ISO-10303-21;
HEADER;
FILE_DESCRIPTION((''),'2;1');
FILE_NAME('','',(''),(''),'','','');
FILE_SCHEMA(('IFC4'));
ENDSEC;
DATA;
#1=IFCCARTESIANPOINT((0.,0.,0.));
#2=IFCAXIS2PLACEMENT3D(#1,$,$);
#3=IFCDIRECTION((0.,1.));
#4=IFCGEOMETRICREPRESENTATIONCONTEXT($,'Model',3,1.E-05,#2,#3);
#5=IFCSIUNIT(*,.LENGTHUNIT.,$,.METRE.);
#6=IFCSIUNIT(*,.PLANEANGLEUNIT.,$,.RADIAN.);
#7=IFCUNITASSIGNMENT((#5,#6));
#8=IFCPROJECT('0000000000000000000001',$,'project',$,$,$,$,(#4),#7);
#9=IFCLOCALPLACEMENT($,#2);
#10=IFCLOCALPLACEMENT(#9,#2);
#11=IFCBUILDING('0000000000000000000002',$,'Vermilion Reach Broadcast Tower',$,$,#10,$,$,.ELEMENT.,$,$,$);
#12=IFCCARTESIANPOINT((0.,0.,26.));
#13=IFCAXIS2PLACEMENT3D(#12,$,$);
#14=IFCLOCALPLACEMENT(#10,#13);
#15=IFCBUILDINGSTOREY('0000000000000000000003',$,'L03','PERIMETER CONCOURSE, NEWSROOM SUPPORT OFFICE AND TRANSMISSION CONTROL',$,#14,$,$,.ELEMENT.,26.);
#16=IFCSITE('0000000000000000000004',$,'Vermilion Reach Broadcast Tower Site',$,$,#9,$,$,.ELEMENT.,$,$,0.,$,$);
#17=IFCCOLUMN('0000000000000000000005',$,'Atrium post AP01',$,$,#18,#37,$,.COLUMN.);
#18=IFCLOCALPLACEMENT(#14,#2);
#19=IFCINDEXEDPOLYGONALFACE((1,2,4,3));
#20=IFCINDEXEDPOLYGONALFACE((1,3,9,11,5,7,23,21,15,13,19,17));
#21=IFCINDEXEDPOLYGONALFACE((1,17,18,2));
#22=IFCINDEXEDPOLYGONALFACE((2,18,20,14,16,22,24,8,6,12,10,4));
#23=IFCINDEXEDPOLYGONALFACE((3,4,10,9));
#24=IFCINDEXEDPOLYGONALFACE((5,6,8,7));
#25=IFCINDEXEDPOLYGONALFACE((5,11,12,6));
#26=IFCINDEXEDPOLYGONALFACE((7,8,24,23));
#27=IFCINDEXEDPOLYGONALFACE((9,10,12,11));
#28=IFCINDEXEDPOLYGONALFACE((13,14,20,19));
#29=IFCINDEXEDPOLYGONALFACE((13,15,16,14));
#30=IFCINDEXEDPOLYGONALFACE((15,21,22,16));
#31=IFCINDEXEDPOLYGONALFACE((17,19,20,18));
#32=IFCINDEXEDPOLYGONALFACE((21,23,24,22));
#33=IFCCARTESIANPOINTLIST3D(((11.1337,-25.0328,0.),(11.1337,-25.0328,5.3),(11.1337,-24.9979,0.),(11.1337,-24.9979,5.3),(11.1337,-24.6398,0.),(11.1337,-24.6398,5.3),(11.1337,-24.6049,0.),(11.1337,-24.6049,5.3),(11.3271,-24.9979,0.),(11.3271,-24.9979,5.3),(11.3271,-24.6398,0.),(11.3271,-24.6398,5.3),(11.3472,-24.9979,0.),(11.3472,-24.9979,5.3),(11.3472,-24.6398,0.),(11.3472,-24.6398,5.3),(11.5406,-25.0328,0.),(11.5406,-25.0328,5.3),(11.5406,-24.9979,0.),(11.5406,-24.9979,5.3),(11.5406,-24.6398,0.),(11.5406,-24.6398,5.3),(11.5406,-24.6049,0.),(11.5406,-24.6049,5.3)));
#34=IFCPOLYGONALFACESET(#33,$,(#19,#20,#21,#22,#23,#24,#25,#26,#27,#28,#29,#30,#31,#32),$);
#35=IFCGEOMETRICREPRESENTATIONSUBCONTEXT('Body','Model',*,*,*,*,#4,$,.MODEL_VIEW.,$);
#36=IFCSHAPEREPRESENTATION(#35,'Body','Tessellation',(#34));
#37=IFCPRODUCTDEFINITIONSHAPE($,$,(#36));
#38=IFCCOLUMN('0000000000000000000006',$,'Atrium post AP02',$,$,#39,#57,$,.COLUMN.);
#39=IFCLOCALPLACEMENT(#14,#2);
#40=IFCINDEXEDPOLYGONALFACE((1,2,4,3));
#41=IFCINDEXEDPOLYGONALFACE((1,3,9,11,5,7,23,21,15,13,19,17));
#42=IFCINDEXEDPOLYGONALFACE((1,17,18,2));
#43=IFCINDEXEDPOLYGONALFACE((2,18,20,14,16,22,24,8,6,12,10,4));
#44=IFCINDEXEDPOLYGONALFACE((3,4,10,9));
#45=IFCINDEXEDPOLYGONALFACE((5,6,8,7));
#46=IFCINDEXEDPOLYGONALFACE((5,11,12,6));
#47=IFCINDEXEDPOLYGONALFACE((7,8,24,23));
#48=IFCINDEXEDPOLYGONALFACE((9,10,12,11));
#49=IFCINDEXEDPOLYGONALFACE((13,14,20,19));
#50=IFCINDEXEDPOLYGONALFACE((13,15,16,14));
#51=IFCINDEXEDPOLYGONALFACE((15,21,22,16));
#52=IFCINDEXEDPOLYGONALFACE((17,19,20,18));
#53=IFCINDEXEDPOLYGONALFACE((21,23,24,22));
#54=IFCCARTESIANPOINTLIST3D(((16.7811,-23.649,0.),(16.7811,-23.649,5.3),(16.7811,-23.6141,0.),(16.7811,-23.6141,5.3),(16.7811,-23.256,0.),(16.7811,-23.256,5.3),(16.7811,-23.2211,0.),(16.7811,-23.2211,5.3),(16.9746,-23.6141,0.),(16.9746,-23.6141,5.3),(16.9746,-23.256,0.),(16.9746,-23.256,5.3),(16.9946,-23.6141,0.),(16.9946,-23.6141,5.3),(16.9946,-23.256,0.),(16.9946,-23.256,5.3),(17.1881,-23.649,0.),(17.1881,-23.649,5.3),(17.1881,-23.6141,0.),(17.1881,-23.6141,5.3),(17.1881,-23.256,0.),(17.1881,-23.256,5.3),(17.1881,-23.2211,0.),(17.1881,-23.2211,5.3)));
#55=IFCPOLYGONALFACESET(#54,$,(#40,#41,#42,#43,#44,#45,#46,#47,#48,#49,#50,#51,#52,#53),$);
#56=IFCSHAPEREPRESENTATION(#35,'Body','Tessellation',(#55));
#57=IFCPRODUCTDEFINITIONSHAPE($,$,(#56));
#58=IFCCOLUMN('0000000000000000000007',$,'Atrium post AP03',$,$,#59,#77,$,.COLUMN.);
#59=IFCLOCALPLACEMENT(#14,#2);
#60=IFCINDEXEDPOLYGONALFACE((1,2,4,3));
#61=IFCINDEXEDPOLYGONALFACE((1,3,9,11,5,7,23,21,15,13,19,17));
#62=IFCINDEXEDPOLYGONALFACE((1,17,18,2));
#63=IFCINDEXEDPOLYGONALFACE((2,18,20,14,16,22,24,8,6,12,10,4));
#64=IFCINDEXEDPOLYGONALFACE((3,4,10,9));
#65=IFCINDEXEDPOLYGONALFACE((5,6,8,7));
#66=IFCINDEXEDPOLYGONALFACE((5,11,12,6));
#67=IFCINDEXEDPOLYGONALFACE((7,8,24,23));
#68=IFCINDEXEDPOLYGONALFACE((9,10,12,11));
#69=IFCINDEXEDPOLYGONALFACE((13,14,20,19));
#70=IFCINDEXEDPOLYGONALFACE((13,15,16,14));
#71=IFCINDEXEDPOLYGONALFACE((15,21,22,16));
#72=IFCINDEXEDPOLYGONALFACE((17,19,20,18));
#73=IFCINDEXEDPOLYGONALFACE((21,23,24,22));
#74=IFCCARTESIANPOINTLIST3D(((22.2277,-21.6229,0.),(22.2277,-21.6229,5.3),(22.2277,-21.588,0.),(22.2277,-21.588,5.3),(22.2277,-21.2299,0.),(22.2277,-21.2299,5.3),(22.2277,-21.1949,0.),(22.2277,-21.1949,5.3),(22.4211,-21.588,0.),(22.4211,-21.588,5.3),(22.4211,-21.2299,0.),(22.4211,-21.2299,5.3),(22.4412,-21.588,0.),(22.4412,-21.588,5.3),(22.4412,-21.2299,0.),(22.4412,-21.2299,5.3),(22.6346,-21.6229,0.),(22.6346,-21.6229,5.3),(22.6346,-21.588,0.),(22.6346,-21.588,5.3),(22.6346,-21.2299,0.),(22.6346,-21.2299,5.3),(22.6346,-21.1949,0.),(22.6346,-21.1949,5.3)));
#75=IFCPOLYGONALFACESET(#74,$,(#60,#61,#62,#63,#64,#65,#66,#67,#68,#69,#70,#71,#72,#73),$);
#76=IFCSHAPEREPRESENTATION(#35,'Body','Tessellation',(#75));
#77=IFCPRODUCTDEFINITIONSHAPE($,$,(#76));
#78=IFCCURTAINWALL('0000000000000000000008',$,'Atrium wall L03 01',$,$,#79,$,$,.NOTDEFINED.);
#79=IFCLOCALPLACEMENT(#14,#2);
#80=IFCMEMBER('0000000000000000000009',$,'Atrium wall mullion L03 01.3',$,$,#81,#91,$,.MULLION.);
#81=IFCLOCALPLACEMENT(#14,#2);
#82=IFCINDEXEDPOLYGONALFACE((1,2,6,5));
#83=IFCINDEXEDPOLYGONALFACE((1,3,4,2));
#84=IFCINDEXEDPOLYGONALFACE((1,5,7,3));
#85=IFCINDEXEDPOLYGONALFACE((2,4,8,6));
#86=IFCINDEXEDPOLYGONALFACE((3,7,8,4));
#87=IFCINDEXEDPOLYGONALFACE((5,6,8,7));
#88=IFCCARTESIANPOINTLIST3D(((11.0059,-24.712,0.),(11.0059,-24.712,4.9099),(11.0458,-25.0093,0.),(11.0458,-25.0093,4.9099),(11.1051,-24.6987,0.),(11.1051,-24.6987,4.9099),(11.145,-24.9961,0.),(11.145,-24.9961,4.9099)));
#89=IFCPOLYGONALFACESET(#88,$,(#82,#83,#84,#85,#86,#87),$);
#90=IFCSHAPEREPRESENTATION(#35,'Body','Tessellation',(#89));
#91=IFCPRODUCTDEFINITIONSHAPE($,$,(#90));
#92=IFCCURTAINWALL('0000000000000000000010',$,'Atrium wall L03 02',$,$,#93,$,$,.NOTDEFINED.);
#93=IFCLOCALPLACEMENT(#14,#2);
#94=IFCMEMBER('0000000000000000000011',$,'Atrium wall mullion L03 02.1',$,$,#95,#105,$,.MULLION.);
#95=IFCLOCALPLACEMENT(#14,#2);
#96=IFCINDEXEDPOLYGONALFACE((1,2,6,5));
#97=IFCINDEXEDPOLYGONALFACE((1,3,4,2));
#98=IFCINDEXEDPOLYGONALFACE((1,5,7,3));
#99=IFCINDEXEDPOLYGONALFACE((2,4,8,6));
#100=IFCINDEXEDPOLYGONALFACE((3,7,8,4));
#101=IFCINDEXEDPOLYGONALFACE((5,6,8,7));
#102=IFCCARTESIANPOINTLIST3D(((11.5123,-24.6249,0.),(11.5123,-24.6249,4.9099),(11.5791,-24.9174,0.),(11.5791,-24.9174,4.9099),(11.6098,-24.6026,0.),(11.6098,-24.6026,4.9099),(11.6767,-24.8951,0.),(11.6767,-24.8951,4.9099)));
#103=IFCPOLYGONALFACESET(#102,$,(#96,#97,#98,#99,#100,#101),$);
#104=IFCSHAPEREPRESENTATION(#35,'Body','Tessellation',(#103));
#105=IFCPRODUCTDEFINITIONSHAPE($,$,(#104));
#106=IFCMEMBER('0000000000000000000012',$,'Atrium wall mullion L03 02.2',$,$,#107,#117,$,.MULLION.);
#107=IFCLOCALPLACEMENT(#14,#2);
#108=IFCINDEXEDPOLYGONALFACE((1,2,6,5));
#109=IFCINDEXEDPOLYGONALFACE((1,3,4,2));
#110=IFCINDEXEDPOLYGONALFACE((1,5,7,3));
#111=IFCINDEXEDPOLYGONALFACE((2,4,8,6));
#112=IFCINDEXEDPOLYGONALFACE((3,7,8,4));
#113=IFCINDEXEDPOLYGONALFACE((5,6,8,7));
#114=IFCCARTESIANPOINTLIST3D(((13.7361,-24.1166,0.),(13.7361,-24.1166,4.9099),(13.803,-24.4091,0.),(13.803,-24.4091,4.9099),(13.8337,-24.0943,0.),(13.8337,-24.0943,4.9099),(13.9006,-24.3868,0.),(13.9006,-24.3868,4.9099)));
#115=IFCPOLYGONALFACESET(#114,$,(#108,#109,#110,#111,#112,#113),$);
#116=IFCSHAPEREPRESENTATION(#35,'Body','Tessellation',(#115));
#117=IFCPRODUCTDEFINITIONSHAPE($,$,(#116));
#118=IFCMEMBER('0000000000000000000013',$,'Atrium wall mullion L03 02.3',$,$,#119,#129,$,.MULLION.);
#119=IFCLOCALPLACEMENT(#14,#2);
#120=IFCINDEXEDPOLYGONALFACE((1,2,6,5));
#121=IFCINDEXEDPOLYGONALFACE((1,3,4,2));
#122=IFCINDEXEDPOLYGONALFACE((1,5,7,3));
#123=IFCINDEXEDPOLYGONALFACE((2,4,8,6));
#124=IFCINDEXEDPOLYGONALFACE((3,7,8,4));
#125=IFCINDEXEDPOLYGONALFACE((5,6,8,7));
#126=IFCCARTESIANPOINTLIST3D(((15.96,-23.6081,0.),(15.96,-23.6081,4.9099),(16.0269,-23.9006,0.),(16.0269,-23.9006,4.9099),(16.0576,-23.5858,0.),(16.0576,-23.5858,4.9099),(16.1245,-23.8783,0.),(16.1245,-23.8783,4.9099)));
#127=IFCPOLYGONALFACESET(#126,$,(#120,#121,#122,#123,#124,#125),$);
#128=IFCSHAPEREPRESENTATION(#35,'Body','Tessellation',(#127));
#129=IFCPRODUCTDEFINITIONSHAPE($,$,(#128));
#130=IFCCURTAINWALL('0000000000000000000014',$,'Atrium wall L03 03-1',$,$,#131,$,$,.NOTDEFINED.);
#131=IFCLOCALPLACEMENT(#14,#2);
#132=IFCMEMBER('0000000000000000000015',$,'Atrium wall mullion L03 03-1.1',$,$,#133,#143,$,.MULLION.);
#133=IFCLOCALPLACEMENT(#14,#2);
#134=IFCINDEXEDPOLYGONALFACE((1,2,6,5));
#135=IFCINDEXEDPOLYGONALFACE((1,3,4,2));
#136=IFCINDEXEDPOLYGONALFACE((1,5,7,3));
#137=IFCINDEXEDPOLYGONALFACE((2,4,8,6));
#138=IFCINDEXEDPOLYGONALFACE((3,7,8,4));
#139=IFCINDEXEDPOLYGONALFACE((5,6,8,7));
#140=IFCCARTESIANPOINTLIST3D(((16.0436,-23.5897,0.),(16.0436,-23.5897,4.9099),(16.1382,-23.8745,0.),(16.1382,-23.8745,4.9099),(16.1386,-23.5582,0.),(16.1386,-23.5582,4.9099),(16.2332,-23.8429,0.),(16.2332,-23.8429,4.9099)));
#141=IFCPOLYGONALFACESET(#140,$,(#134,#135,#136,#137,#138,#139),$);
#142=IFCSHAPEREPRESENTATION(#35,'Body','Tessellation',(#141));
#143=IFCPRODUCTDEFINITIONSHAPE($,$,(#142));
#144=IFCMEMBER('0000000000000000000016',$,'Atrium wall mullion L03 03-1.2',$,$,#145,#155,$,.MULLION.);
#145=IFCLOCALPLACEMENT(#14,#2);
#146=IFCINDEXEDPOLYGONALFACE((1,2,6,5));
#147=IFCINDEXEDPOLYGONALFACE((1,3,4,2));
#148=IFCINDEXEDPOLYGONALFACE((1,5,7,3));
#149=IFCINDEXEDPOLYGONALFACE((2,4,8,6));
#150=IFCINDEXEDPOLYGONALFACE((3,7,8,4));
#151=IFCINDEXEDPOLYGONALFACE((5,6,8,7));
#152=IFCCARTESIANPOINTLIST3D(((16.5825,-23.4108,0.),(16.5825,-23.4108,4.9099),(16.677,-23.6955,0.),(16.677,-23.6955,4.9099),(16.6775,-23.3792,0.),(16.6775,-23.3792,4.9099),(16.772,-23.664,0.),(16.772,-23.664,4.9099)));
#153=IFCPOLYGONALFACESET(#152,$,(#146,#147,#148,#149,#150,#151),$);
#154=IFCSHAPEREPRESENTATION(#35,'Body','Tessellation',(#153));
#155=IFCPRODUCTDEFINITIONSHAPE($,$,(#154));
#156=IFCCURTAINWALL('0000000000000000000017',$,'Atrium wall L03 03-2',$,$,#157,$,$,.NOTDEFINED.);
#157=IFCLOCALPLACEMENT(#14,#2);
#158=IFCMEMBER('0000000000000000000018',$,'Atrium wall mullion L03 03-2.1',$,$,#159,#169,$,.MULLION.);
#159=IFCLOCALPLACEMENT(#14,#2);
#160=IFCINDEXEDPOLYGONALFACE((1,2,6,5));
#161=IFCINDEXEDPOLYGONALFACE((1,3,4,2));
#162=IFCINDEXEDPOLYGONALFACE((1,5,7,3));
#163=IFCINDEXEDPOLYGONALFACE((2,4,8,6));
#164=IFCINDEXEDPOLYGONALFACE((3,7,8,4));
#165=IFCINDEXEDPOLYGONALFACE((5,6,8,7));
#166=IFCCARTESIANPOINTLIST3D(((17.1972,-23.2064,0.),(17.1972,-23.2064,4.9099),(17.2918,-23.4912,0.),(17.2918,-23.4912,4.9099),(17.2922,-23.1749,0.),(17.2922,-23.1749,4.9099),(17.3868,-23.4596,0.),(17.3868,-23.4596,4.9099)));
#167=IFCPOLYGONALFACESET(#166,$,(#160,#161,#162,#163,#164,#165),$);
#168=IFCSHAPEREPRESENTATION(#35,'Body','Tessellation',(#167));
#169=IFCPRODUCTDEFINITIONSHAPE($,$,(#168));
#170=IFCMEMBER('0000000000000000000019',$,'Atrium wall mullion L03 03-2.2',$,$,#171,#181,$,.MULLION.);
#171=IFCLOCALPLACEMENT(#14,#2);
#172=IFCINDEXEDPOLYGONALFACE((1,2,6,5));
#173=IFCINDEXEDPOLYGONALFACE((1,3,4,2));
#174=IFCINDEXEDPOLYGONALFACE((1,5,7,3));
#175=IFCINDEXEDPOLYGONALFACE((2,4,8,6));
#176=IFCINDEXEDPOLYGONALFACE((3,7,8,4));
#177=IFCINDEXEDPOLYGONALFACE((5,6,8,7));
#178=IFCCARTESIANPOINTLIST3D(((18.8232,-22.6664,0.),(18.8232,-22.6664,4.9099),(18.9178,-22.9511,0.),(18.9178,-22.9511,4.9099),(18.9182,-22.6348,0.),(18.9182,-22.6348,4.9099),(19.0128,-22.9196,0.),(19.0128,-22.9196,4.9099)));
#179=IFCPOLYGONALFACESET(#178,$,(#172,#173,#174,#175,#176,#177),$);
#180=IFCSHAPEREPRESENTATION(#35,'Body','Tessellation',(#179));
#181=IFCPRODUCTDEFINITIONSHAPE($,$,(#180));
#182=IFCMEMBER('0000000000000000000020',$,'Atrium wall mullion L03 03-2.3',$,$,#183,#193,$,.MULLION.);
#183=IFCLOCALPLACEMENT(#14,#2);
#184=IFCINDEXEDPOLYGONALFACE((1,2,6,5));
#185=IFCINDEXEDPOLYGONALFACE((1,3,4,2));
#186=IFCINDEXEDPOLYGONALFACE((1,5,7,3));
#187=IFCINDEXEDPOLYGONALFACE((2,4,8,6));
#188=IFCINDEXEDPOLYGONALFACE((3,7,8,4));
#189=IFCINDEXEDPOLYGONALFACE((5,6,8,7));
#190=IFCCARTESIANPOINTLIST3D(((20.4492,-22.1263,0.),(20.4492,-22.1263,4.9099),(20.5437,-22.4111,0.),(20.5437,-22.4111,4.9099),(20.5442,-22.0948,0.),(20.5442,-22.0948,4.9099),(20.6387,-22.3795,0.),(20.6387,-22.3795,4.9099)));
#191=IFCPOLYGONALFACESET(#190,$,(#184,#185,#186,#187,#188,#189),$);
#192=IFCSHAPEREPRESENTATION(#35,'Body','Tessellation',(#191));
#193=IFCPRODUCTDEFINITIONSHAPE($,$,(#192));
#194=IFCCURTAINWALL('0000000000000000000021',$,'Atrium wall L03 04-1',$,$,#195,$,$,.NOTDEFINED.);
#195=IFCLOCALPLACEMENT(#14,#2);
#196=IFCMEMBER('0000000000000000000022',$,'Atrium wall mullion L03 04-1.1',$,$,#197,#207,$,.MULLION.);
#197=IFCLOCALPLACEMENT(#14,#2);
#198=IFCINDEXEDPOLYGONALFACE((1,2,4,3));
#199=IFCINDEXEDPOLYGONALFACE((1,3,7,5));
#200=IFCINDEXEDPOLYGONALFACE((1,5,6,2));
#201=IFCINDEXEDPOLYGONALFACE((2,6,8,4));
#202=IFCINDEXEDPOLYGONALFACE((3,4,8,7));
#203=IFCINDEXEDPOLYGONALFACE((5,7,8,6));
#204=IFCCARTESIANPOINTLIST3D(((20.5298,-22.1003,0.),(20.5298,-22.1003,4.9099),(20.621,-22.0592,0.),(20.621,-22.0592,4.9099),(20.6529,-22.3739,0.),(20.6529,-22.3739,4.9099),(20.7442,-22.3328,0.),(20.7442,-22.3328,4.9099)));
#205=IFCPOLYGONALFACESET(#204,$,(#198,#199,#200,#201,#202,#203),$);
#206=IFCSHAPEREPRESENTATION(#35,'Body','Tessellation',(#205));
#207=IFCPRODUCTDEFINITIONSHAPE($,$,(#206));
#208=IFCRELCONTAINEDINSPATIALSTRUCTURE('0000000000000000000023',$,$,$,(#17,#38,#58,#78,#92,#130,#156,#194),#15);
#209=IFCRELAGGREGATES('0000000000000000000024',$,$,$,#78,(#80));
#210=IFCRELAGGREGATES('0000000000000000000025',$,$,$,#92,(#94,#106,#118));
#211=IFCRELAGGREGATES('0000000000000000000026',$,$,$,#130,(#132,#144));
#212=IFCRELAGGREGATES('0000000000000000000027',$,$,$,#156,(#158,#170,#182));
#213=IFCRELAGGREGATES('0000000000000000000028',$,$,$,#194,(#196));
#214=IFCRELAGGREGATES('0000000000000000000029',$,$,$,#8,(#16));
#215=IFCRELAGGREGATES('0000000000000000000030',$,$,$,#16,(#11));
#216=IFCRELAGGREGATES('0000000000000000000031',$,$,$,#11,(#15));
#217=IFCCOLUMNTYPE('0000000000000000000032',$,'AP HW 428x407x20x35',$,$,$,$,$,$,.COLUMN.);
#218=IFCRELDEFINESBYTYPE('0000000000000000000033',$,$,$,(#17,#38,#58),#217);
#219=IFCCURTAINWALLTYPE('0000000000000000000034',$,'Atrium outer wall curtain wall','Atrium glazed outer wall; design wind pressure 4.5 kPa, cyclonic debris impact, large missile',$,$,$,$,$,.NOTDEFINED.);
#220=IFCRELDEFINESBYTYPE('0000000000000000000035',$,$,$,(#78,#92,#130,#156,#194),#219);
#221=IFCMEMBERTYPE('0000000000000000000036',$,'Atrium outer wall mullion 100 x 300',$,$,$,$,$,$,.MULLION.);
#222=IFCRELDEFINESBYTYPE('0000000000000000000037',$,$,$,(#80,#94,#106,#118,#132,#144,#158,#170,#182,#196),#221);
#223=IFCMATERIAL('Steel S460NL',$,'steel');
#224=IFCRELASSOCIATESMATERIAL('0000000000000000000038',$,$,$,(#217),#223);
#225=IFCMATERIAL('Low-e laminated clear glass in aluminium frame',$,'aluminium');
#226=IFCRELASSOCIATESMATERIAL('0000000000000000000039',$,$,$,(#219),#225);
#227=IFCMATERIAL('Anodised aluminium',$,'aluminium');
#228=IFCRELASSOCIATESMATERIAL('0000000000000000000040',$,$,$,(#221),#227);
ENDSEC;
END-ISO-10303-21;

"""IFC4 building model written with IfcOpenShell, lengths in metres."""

from ifc_helpers import new_model, si_unit, direction, frame, origin, origin_2d, place, context, subcontext, project, spatial, rectangle, i_section, extrude, material, material_profile, profile_set, type_object, element, aggregate, save


model = new_model("IFC4")

# Units and contexts
model_context = context("Model", 3, precision=1e-05, world=origin(), true_north=direction((0.0, 1.0)))
body_context = subcontext(model_context, "Body", "Model", "MODEL_VIEW")
ifc_project = project(units=[si_unit("LENGTHUNIT", "METRE"), si_unit("PLANEANGLEUNIT", "RADIAN")], contexts=[model_context])

# Site, building, storey
site_placement = place(None, origin())
site = spatial("IfcSite", under=ifc_project, at=site_placement, Name="Vermilion Reach Broadcast Tower Site", CompositionType="ELEMENT", RefElevation=0.0)
building_placement = place(site_placement, origin())
building = spatial("IfcBuilding", under=site, at=building_placement, Name="Vermilion Reach Broadcast Tower", CompositionType="ELEMENT")
storey_placement = place(building_placement, frame((0.0, 0.0, 26.0)))
storey = spatial("IfcBuildingStorey", under=building, at=storey_placement, Name="L03", Description="PERIMETER CONCOURSE, NEWSROOM SUPPORT OFFICE AND TRANSMISSION CONTROL", CompositionType="ELEMENT", Elevation=26.0)

# Columns
ifc_material_1 = material(Name="Steel S460NL", Category="steel")
ifc_material_profile_1 = material_profile(ifc_material_1, i_section(OverallWidth=0.407, OverallDepth=0.428, WebThickness=0.02, FlangeThickness=0.0349, at=origin_2d()), Name="S460NL HW 428x407x20x35")
ifc_profile_set_1 = profile_set([ifc_material_profile_1], Name="Steel S460NL")
column_type = type_object("IfcColumnType", Name="AP HW 428x407x20x35", PredefinedType="COLUMN", material=ifc_profile_set_1)
for number, where, z_axis, x_axis, name in (
    (1, (11.3372, -24.8188, 0.0), (0.0, 0.0, 1.0), (1.0, 0.0, 0.0), "Atrium post AP01"),
    (2, (16.9846, -23.4351, 0.0), (0.0, 0.0, 1.0), (1.0, 0.0, 0.0), "Atrium post AP02"),
    (3, (22.4312, -21.4089, 0.0), (0.0, 0.0, 1.0), (1.0, 0.0, 0.0), "Atrium post AP03"),
):
    element("IfcColumn", number, at=place(storey_placement, frame(where, z_axis=z_axis, x_axis=x_axis)), inside=storey, type_object=column_type, Name=name, PredefinedType="COLUMN", context=body_context, shape_type="SweptSolid", body=[
        extrude(i_section(OverallWidth=0.407, OverallDepth=0.428, WebThickness=0.02, FlangeThickness=0.0349, at=origin_2d()), origin(), (0.0, 0.0, 1.0), 5.3),
    ])

# Curtain wall, member
ifc_material_2 = material(Name="Low-e laminated clear glass in aluminium frame", Category="aluminium")
curtain_wall_type = type_object("IfcCurtainWallType", Name="Atrium outer wall curtain wall", Description="Atrium glazed outer wall; design wind pressure 4.5 kPa, cyclonic debris impact, large missile", PredefinedType="NOTDEFINED", material=ifc_material_2)
placement = place(storey_placement, origin())
curtain_wall_1 = element("IfcCurtainWall", 4, at=placement, inside=storey, type_object=curtain_wall_type, Name="Atrium wall L03 01", PredefinedType="NOTDEFINED")
ifc_material_3 = material(Name="Anodised aluminium", Category="aluminium")
ifc_material_profile_2 = material_profile(ifc_material_3, rectangle(XDim=0.3, YDim=0.1001, at=origin_2d()), Name="Atrium outer wall mullion 100 x 300")
ifc_profile_set_2 = profile_set([ifc_material_profile_2], Name="Anodised aluminium")
member_type_1 = type_object("IfcMemberType", Name="Atrium outer wall mullion 100 x 300", PredefinedType="MULLION", material=ifc_profile_set_2)
member_1_placement = place(storey_placement, frame((11.0754, -24.854, 0.0), z_axis=(0.0, 0.0, 1.0), x_axis=(-0.132794, 0.991144, 0.0)))
member_1 = element("IfcMember", 5, at=member_1_placement, type_object=member_type_1, Name="Atrium wall mullion L03 01.3", PredefinedType="MULLION", context=body_context, shape_type="SweptSolid", body=[
    extrude(rectangle(XDim=0.3, YDim=0.1001, at=origin_2d()), origin(), (0.0, 0.0, 1.0), 4.9099),
])

# Curtain walls, members
curtain_wall_2 = element("IfcCurtainWall", 6, at=placement, inside=storey, type_object=curtain_wall_type, Name="Atrium wall L03 02", PredefinedType="NOTDEFINED")
member_2_placement = place(storey_placement, frame((11.5945, -24.76, 0.0), z_axis=(0.0, 0.0, 1.0), x_axis=(-0.222892, 0.974843, 0.0)))
member_2 = element("IfcMember", 7, at=member_2_placement, type_object=member_type_1, Name="Atrium wall mullion L03 02.1", PredefinedType="MULLION", context=body_context, shape_type="SweptSolid", body=[
    extrude(rectangle(XDim=0.3, YDim=0.1001, at=origin_2d()), origin(), (0.0, 0.0, 1.0), 4.9099),
])
member_3_placement = place(storey_placement, frame((13.8184, -24.2517, 0.0), z_axis=(0.0, 0.0, 1.0), x_axis=(-0.222892, 0.974843, 0.0)))
member_3 = element("IfcMember", 8, at=member_3_placement, type_object=member_type_1, Name="Atrium wall mullion L03 02.2", PredefinedType="MULLION", context=body_context, shape_type="SweptSolid", body=[
    extrude(rectangle(XDim=0.3, YDim=0.1001, at=origin_2d()), origin(), (0.0, 0.0, 1.0), 4.9099),
])
member_4_placement = place(storey_placement, frame((16.0422, -23.7432, 0.0), z_axis=(0.0, 0.0, 1.0), x_axis=(-0.222892, 0.974843, 0.0)))
member_4 = element("IfcMember", 9, at=member_4_placement, type_object=member_type_1, Name="Atrium wall mullion L03 02.3", PredefinedType="MULLION", context=body_context, shape_type="SweptSolid", body=[
    extrude(rectangle(XDim=0.3, YDim=0.1001, at=origin_2d()), origin(), (0.0, 0.0, 1.0), 4.9099),
])
curtain_wall_3 = element("IfcCurtainWall", 10, at=placement, inside=storey, type_object=curtain_wall_type, Name="Atrium wall L03 03-1", PredefinedType="NOTDEFINED")
member_5_placement = place(storey_placement, frame((16.1384, -23.7163, 0.0), z_axis=(0.0, 0.0, 1.0), x_axis=(-0.315228, 0.949016, 0.0)))
member_5 = element("IfcMember", 11, at=member_5_placement, type_object=member_type_1, Name="Atrium wall mullion L03 03-1.1", PredefinedType="MULLION", context=body_context, shape_type="SweptSolid", body=[
    extrude(rectangle(XDim=0.3, YDim=0.1001, at=origin_2d()), origin(), (0.0, 0.0, 1.0), 4.9099),
])
member_6_placement = place(storey_placement, frame((16.6772, -23.5374, 0.0), z_axis=(0.0, 0.0, 1.0), x_axis=(-0.315228, 0.949016, 0.0)))
member_6 = element("IfcMember", 12, at=member_6_placement, type_object=member_type_1, Name="Atrium wall mullion L03 03-1.2", PredefinedType="MULLION", context=body_context, shape_type="SweptSolid", body=[
    extrude(rectangle(XDim=0.3, YDim=0.1001, at=origin_2d()), origin(), (0.0, 0.0, 1.0), 4.9099),
])
curtain_wall_4 = element("IfcCurtainWall", 13, at=placement, inside=storey, type_object=curtain_wall_type, Name="Atrium wall L03 03-2", PredefinedType="NOTDEFINED")
member_7_placement = place(storey_placement, frame((17.292, -23.333, 0.0), z_axis=(0.0, 0.0, 1.0), x_axis=(-0.315228, 0.949016, 0.0)))
member_7 = element("IfcMember", 14, at=member_7_placement, type_object=member_type_1, Name="Atrium wall mullion L03 03-2.1", PredefinedType="MULLION", context=body_context, shape_type="SweptSolid", body=[
    extrude(rectangle(XDim=0.3, YDim=0.1001, at=origin_2d()), origin(), (0.0, 0.0, 1.0), 4.9099),
])
member_8_placement = place(storey_placement, frame((18.918, -22.793, 0.0), z_axis=(0.0, 0.0, 1.0), x_axis=(-0.315228, 0.949016, 0.0)))
member_8 = element("IfcMember", 15, at=member_8_placement, type_object=member_type_1, Name="Atrium wall mullion L03 03-2.2", PredefinedType="MULLION", context=body_context, shape_type="SweptSolid", body=[
    extrude(rectangle(XDim=0.3, YDim=0.1001, at=origin_2d()), origin(), (0.0, 0.0, 1.0), 4.9099),
])
member_9_placement = place(storey_placement, frame((20.5439, -22.2529, 0.0), z_axis=(0.0, 0.0, 1.0), x_axis=(-0.315228, 0.949016, 0.0)))
member_9 = element("IfcMember", 16, at=member_9_placement, type_object=member_type_1, Name="Atrium wall mullion L03 03-2.3", PredefinedType="MULLION", context=body_context, shape_type="SweptSolid", body=[
    extrude(rectangle(XDim=0.3, YDim=0.1001, at=origin_2d()), origin(), (0.0, 0.0, 1.0), 4.9099),
])
curtain_wall_5 = element("IfcCurtainWall", 17, at=placement, inside=storey, type_object=curtain_wall_type, Name="Atrium wall L03 04-1", PredefinedType="NOTDEFINED")
member_10_placement = place(storey_placement, frame((20.637, -22.2166, 0.0), z_axis=(0.0, 0.0, 1.0), x_axis=(-0.410408, 0.911902, 0.0)))
member_10 = element("IfcMember", 18, at=member_10_placement, type_object=member_type_1, Name="Atrium wall mullion L03 04-1.1", PredefinedType="MULLION", context=body_context, shape_type="SweptSolid", body=[
    extrude(rectangle(XDim=0.3, YDim=0.1001, at=origin_2d()), origin(), (0.0, 0.0, 1.0), 4.9099),
])

aggregate(curtain_wall_1, [member_1])
aggregate(curtain_wall_2, [member_2, member_3, member_4])
aggregate(curtain_wall_3, [member_5, member_6])
aggregate(curtain_wall_4, [member_7, member_8, member_9])
aggregate(curtain_wall_5, [member_10])

save(model, "model.ifc")
